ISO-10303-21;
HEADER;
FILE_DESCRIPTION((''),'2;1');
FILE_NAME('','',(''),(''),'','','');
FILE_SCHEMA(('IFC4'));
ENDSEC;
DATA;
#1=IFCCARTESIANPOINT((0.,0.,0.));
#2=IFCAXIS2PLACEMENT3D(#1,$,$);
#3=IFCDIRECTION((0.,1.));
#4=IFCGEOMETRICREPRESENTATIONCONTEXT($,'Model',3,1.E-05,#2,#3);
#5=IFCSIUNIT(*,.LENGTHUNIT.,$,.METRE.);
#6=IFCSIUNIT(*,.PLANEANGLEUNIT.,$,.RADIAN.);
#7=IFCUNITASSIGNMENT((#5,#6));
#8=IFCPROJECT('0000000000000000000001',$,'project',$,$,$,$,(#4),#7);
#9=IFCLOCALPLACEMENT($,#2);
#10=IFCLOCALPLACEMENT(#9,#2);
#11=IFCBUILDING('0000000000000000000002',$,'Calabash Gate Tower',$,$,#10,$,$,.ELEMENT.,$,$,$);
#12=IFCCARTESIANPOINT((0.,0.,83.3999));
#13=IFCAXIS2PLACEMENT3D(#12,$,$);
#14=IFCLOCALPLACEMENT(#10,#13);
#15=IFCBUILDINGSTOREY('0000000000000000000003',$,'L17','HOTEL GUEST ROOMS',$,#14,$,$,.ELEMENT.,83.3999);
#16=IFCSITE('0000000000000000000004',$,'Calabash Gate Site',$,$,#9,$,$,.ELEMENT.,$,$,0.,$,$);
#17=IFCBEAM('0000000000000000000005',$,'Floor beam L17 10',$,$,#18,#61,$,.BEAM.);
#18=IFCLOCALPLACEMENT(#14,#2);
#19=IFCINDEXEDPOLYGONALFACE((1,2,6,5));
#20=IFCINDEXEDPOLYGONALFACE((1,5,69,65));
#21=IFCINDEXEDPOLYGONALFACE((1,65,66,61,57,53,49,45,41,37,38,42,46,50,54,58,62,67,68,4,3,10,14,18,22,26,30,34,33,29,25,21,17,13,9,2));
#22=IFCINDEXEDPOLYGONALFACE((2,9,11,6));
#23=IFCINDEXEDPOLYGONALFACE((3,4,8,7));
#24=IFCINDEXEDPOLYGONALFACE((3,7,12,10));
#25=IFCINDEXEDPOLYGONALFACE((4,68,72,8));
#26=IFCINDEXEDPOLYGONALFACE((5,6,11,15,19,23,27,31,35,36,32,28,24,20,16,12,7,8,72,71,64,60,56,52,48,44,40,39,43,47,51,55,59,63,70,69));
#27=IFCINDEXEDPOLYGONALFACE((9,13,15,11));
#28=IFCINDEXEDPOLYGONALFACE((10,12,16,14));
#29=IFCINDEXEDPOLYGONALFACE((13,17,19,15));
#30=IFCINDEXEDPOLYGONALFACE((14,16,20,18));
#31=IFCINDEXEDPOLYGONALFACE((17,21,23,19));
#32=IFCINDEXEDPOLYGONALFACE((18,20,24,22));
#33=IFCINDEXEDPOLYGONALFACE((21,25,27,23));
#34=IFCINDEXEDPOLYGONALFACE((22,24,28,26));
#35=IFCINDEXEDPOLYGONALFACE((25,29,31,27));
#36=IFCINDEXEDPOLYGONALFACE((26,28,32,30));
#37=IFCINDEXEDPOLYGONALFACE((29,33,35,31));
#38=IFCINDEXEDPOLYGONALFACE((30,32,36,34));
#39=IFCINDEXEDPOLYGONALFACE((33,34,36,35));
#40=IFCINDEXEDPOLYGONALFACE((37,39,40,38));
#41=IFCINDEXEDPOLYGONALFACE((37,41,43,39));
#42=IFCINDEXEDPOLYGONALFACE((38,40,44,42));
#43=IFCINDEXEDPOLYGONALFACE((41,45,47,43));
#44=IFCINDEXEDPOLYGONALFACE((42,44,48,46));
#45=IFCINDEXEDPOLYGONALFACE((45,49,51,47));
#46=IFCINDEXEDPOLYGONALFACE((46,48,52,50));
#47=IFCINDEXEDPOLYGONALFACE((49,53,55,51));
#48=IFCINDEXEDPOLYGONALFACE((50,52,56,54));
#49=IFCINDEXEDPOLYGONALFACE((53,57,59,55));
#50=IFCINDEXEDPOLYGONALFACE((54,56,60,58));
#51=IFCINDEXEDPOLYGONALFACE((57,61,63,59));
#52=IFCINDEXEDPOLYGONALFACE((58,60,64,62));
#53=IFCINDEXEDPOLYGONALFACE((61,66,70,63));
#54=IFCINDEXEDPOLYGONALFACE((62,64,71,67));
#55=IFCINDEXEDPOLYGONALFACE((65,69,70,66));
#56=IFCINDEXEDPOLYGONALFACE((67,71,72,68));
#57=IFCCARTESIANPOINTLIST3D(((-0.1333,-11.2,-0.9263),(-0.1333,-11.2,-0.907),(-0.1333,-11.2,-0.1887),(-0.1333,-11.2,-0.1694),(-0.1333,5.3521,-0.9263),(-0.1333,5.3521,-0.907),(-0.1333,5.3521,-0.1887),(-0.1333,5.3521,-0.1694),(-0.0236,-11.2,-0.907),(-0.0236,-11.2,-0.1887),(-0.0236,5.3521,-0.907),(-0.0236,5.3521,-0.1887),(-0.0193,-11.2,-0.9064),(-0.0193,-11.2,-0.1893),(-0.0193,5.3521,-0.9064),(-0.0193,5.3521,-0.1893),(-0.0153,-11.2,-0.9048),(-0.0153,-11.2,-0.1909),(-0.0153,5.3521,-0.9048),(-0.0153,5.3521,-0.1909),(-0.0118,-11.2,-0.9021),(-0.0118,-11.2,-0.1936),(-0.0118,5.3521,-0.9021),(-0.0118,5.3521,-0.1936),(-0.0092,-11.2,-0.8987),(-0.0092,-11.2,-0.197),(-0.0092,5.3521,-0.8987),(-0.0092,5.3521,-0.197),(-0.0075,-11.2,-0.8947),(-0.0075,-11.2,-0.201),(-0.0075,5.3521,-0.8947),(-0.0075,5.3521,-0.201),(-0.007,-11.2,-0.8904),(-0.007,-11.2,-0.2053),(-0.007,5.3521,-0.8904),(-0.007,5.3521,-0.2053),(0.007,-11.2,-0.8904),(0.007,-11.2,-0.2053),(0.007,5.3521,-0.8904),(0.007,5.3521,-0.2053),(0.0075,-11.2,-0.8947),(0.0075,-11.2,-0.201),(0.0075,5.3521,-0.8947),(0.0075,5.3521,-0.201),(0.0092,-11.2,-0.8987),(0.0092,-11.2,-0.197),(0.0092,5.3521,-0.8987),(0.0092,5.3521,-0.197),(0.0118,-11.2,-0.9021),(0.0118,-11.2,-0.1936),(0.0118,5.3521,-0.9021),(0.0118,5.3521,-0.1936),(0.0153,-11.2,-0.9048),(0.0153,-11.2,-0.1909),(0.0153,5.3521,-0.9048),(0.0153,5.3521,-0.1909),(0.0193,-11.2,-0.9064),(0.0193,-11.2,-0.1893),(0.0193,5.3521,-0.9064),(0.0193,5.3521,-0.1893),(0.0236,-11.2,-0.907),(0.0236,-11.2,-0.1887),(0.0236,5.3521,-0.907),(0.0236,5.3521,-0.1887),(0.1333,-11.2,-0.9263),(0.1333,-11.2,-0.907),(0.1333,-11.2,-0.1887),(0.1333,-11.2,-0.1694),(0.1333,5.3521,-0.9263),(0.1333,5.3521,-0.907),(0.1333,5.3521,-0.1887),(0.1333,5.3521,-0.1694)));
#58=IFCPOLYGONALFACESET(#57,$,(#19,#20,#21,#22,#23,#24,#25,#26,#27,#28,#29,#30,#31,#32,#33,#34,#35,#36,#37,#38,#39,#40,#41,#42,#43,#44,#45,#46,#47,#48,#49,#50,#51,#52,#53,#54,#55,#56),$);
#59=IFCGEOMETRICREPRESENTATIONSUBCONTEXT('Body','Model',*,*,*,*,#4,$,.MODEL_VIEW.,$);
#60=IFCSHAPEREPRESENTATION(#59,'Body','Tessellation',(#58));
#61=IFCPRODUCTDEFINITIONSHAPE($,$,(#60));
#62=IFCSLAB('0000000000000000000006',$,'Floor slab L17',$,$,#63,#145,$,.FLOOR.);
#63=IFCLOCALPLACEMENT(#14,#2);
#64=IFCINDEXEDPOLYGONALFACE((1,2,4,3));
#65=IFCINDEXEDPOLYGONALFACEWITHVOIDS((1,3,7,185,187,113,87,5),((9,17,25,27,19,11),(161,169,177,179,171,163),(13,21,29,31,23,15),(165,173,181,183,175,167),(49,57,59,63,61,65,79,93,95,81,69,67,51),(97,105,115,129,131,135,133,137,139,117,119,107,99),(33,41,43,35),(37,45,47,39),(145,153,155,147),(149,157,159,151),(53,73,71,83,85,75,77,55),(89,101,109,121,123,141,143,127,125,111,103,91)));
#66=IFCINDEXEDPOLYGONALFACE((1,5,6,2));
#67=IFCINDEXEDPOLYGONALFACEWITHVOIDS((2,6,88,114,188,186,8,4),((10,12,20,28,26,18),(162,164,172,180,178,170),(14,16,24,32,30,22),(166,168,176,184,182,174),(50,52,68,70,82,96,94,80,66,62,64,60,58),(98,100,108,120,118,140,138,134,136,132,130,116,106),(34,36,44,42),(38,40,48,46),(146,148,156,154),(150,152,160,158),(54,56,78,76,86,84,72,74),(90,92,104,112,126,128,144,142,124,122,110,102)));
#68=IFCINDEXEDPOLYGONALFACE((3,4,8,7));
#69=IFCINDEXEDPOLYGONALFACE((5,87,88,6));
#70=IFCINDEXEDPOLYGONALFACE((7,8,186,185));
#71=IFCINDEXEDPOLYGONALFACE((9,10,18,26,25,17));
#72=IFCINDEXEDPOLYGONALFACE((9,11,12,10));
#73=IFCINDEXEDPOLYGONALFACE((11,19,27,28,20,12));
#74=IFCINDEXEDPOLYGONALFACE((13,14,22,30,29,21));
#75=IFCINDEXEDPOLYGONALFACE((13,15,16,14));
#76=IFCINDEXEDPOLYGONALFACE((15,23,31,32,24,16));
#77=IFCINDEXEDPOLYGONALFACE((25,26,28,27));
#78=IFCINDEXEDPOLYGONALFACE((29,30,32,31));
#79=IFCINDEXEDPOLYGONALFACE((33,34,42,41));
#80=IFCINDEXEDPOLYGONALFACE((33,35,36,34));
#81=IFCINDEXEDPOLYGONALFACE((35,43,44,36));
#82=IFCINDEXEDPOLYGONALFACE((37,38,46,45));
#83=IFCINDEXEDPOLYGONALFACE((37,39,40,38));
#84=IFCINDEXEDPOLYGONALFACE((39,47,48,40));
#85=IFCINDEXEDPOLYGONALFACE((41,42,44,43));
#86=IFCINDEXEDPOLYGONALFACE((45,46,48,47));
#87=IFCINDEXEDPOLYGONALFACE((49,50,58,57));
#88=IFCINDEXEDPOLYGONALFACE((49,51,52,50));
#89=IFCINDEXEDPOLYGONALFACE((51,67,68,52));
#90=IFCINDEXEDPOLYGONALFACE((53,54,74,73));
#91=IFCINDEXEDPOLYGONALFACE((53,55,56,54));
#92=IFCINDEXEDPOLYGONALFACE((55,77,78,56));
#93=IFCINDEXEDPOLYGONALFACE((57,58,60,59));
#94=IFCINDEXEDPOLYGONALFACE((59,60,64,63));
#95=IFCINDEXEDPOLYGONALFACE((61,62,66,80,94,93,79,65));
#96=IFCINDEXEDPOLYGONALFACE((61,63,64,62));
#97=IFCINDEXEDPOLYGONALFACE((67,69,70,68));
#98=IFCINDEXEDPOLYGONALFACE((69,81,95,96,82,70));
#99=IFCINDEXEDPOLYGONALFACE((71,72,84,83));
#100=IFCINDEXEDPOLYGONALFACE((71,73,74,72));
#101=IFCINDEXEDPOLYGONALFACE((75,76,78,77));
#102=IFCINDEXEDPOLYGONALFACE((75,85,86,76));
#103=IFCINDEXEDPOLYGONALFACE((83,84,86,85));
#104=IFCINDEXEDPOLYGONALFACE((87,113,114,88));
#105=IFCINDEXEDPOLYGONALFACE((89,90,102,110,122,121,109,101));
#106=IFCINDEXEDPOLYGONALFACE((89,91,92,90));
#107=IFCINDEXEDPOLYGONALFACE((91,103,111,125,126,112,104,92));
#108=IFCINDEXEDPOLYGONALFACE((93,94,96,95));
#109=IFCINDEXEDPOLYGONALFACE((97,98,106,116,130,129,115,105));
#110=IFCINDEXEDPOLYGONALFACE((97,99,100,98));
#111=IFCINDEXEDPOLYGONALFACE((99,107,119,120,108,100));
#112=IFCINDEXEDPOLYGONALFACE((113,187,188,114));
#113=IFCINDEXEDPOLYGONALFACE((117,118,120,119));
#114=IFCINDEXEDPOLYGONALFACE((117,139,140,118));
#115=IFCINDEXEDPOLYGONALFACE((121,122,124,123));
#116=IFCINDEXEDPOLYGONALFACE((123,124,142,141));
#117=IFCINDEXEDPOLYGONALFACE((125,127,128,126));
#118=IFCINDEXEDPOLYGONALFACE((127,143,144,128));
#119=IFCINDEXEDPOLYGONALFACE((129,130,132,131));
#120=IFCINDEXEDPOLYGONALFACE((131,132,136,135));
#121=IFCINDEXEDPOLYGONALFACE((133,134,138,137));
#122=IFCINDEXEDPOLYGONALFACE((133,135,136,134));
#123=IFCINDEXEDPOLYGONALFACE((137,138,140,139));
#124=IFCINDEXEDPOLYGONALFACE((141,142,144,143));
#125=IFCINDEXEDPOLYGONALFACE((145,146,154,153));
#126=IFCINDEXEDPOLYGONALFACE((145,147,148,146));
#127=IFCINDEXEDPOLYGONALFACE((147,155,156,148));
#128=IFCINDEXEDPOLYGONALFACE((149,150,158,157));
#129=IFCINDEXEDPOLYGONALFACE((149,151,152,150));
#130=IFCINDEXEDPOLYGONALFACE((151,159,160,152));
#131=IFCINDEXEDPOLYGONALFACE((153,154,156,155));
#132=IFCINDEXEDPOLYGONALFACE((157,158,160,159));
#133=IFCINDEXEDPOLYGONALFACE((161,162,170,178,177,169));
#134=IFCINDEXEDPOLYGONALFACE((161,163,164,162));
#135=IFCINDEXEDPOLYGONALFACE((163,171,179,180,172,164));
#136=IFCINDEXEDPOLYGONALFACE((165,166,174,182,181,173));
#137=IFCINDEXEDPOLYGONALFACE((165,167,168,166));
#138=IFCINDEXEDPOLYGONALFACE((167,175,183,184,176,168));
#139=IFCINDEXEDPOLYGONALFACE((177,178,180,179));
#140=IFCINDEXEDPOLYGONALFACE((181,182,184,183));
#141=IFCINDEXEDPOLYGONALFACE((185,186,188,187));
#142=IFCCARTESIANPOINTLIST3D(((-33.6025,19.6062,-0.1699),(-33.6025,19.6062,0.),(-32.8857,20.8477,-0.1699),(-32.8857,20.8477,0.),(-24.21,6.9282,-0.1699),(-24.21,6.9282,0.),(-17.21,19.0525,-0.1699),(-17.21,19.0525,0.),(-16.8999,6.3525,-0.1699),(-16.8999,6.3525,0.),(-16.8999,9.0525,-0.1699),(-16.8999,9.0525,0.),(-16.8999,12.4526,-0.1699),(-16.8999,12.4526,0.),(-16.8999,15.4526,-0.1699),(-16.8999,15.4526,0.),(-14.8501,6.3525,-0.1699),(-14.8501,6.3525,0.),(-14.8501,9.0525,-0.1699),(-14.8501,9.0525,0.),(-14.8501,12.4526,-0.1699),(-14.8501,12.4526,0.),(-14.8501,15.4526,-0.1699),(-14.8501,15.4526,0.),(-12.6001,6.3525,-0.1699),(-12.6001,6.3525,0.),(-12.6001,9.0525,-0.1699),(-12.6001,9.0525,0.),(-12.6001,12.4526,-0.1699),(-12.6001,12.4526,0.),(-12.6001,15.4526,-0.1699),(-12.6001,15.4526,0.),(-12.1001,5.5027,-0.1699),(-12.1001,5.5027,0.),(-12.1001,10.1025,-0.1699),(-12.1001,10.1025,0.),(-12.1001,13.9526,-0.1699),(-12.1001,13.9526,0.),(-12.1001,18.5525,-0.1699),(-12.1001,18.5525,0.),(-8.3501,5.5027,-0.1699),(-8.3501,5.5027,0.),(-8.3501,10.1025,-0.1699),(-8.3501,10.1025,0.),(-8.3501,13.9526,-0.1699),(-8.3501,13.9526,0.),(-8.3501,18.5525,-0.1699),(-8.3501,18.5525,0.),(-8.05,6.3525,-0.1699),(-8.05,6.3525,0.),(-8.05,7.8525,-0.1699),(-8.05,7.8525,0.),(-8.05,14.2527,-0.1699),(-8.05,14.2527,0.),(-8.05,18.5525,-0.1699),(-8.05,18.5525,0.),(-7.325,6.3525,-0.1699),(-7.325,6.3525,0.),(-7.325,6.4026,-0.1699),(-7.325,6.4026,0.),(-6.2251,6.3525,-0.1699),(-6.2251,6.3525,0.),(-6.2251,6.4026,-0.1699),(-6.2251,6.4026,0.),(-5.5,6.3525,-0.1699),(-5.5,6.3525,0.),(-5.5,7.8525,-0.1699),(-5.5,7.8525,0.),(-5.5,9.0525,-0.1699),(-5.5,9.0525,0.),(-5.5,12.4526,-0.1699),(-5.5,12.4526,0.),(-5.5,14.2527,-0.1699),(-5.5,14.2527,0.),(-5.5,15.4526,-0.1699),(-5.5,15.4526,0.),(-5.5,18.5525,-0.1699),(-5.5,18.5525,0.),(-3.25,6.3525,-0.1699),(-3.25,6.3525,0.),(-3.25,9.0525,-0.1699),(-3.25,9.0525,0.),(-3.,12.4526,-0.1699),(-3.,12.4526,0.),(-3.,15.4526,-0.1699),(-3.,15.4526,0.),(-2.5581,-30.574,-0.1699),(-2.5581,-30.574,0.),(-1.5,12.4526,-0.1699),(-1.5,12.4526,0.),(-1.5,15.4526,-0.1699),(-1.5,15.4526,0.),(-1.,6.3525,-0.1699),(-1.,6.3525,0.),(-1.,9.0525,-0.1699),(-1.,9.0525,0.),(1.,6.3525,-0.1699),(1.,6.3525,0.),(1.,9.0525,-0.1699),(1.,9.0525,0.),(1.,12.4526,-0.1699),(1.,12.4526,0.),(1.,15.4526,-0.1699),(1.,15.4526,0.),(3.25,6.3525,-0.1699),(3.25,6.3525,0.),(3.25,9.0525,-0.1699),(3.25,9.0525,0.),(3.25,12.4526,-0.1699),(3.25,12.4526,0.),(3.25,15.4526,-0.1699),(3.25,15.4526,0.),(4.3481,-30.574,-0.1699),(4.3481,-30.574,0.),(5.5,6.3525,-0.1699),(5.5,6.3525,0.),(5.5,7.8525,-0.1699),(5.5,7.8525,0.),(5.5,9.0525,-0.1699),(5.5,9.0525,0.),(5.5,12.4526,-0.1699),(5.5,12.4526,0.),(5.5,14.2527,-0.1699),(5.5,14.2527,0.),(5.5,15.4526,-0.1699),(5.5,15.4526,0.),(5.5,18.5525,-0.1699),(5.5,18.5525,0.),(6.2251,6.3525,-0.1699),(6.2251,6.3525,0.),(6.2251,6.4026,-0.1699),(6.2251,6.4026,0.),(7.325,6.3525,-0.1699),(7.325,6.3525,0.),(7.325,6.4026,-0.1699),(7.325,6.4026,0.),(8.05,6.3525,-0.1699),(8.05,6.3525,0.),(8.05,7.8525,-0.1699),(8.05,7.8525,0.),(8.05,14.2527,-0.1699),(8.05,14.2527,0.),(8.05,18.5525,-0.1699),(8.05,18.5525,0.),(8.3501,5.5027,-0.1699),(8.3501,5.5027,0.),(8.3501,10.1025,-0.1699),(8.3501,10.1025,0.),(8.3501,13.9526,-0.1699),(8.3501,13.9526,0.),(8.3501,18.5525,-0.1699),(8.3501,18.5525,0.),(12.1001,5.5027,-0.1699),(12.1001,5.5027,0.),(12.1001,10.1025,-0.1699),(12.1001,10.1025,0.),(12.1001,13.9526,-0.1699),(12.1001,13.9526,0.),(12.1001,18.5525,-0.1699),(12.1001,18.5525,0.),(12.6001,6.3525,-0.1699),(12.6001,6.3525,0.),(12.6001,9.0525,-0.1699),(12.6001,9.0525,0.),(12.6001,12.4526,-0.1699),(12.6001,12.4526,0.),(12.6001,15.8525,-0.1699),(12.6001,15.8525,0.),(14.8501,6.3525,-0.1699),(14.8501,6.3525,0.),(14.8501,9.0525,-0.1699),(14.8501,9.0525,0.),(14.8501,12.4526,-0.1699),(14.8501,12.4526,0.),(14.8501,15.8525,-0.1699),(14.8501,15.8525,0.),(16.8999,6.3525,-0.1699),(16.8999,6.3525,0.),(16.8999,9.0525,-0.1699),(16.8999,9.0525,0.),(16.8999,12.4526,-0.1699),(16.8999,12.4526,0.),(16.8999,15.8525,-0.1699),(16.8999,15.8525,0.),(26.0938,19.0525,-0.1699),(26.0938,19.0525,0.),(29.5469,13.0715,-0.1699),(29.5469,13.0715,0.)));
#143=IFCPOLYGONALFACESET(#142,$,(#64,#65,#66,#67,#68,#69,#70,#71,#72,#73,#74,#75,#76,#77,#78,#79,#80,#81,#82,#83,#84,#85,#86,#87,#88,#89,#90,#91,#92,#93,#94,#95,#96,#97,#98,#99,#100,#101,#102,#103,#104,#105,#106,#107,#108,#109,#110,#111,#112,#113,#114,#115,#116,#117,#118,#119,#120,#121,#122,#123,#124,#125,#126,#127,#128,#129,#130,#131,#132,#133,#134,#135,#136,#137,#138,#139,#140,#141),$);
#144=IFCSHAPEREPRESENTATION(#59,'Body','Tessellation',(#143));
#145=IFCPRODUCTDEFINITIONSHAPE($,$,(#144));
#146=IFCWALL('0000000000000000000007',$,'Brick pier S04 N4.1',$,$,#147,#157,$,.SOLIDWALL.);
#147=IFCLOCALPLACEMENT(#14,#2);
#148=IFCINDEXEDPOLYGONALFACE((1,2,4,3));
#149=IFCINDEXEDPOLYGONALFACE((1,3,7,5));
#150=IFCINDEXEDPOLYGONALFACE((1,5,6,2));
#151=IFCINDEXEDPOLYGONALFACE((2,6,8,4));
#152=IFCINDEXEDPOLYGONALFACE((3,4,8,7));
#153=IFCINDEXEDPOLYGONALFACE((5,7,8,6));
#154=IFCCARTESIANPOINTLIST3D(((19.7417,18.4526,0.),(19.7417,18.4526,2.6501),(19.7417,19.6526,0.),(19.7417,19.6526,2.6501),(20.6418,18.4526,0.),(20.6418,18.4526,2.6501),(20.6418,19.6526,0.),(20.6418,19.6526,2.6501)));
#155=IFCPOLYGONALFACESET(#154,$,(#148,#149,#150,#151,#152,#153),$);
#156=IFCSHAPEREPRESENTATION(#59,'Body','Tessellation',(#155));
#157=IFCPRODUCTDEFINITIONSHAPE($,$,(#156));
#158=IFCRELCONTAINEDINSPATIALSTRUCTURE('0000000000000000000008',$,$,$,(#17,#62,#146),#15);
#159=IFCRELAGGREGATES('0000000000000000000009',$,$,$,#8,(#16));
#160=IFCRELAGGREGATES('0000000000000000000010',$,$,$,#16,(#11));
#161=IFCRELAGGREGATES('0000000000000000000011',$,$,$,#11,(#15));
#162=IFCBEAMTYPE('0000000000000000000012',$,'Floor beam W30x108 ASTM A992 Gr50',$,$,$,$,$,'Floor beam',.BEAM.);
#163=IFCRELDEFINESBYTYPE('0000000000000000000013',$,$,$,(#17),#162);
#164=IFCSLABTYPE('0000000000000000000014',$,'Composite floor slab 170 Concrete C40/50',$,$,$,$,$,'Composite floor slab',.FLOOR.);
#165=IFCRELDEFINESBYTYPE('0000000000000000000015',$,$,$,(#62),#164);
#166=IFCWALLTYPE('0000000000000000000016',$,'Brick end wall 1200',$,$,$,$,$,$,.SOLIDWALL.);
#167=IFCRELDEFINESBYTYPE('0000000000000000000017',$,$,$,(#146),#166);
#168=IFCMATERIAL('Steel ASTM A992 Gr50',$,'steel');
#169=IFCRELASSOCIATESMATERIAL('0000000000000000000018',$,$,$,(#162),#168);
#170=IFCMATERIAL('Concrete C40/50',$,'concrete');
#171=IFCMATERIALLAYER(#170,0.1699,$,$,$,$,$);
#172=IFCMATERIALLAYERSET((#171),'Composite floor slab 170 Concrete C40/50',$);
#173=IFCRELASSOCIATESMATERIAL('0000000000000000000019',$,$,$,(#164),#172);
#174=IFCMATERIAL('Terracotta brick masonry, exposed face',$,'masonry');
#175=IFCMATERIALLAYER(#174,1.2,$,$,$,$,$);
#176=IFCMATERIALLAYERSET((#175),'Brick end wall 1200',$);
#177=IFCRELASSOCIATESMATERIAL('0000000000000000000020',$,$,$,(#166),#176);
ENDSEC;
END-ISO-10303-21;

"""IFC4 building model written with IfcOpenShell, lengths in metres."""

from ifc_helpers import new_model, si_unit, direction, frame, origin, origin_2d, place, context, subcontext, project, spatial, polyline, i_section, outline, extrude, material, layer, layer_set, material_profile, profile_set, type_object, element, save


model = new_model("IFC4")

# Units and contexts
model_context = context("Model", 3, precision=1e-05, world=origin(), true_north=direction((0.0, 1.0)))
body_context = subcontext(model_context, "Body", "Model", "MODEL_VIEW")
ifc_project = project(units=[si_unit("LENGTHUNIT", "METRE"), si_unit("PLANEANGLEUNIT", "RADIAN")], contexts=[model_context])

# Site, building, storey
site_placement = place(None, origin())
site = spatial("IfcSite", under=ifc_project, at=site_placement, Name="Calabash Gate Site", CompositionType="ELEMENT", RefElevation=0.0)
building_placement = place(site_placement, origin())
building = spatial("IfcBuilding", under=site, at=building_placement, Name="Calabash Gate Tower", CompositionType="ELEMENT")
storey_placement = place(building_placement, frame((0.0, 0.0, 83.3999)))
storey = spatial("IfcBuildingStorey", under=building, at=storey_placement, Name="L17", Description="HOTEL GUEST ROOMS", CompositionType="ELEMENT", Elevation=83.3999)

# Beam
ifc_material_1 = material(Name="Steel ASTM A992 Gr50", Category="steel")
ifc_material_profile = material_profile(ifc_material_1, i_section(OverallWidth=0.2666, OverallDepth=0.7568, WebThickness=0.0139, FlangeThickness=0.0193, FilletRadius=0.0166, at=origin_2d()))
ifc_profile_set = profile_set([ifc_material_profile], Name="Steel ASTM A992 Gr50")
beam_type = type_object("IfcBeamType", Name="Floor beam W30x108 ASTM A992 Gr50", ElementType="Floor beam", PredefinedType="BEAM", material=ifc_profile_set)
beam_placement = place(storey_placement, frame((0.0, -11.2, -0.5479), z_axis=(0.0, 1.0, 0.0), x_axis=(-1.0, 0.0, 0.0)))
element("IfcBeam", 1, at=beam_placement, inside=storey, type_object=beam_type, Name="Floor beam L17 10", PredefinedType="BEAM", context=body_context, shape_type="SweptSolid", body=[
    extrude(i_section(OverallWidth=0.2666, OverallDepth=0.7568, WebThickness=0.0139, FlangeThickness=0.0193, FilletRadius=0.0166, at=origin_2d()), origin(), (0.0, 0.0, 1.0), 16.552),
])

# Slab
ifc_material_2 = material(Name="Concrete C40/50", Category="concrete")
ifc_layer_1 = layer(ifc_material_2, 0.1699)
ifc_layer_set_1 = layer_set([ifc_layer_1], Name="Composite floor slab 170 Concrete C40/50")
slab_type = type_object("IfcSlabType", Name="Composite floor slab 170 Concrete C40/50", ElementType="Composite floor slab", PredefinedType="FLOOR", material=ifc_layer_set_1)
slab_placement = place(storey_placement, frame((0.0, 0.0, -0.1699)))
element("IfcSlab", 2, at=slab_placement, inside=storey, type_object=slab_type, Name="Floor slab L17", PredefinedType="FLOOR", context=body_context, shape_type="SweptSolid", body=[
    extrude(outline(polyline([(-24.21, 6.9282), (-33.6025, 19.6062), (-32.8857, 20.8477), (-17.21, 19.0525), (26.0938, 19.0525), (29.5469, 13.0715), (4.3481, -30.574), (-2.5581, -30.574), (-24.21, 6.9282)]), holes=[polyline([(-5.5, 9.0525), (-5.5, 7.8525), (-8.05, 7.8525), (-8.05, 6.3525), (-7.325, 6.3525), (-7.325, 6.4026), (-6.2251, 6.4026), (-6.2251, 6.3525), (-5.5, 6.3525), (-3.25, 6.3525), (-1.0, 6.3525), (-1.0, 9.0525), (-3.25, 9.0525), (-5.5, 9.0525)]), polyline([(5.5, 9.0525), (3.25, 9.0525), (1.0, 9.0525), (1.0, 6.3525), (3.25, 6.3525), (5.5, 6.3525), (6.2251, 6.3525), (6.2251, 6.4026), (7.325, 6.4026), (7.325, 6.3525), (8.05, 6.3525), (8.05, 7.8525), (5.5, 7.8525), (5.5, 9.0525)]), polyline([(-5.5, 14.2527), (-5.5, 12.4526), (-3.0, 12.4526), (-3.0, 15.4526), (-5.5, 15.4526), (-5.5, 18.5525), (-8.05, 18.5525), (-8.05, 14.2527), (-5.5, 14.2527)]), polyline([(8.05, 18.5525), (5.5, 18.5525), (5.5, 15.4526), (3.25, 15.4526), (1.0, 15.4526), (-1.5, 15.4526), (-1.5, 12.4526), (1.0, 12.4526), (3.25, 12.4526), (5.5, 12.4526), (5.5, 14.2527), (8.05, 14.2527), (8.05, 18.5525)]), polyline([(-12.6001, 6.3525), (-12.6001, 9.0525), (-14.8501, 9.0525), (-16.8999, 9.0525), (-16.8999, 6.3525), (-14.8501, 6.3525), (-12.6001, 6.3525)]), polyline([(-14.8501, 12.4526), (-12.6001, 12.4526), (-12.6001, 15.4526), (-14.8501, 15.4526), (-16.8999, 15.4526), (-16.8999, 12.4526), (-14.8501, 12.4526)]), polyline([(14.8501, 6.3525), (16.8999, 6.3525), (16.8999, 9.0525), (14.8501, 9.0525), (12.6001, 9.0525), (12.6001, 6.3525), (14.8501, 6.3525)]), polyline([(14.8501, 12.4526), (16.8999, 12.4526), (16.8999, 15.8525), (14.8501, 15.8525), (12.6001, 15.8525), (12.6001, 12.4526), (14.8501, 12.4526)]), polyline([(-8.3501, 18.5525), (-12.1001, 18.5525), (-12.1001, 13.9526), (-8.3501, 13.9526), (-8.3501, 18.5525)]), polyline([(-12.1001, 10.1025), (-12.1001, 5.5027), (-8.3501, 5.5027), (-8.3501, 10.1025), (-12.1001, 10.1025)]), polyline([(8.3501, 13.9526), (12.1001, 13.9526), (12.1001, 18.5525), (8.3501, 18.5525), (8.3501, 13.9526)]), polyline([(12.1001, 5.5027), (12.1001, 10.1025), (8.3501, 10.1025), (8.3501, 5.5027), (12.1001, 5.5027)])]), origin(), (0.0, 0.0, 1.0), 0.1699),
])

# Wall
ifc_material_3 = material(Name="Terracotta brick masonry, exposed face", Category="masonry")
ifc_layer_2 = layer(ifc_material_3, 1.2)
ifc_layer_set_2 = layer_set([ifc_layer_2], Name="Brick end wall 1200")
wall_type_1 = type_object("IfcWallType", Name="Brick end wall 1200", PredefinedType="SOLIDWALL", material=ifc_layer_set_2)
wall_1_placement = place(storey_placement, origin())
element("IfcWall", 3, at=wall_1_placement, inside=storey, type_object=wall_type_1, Name="Brick pier S04 N4.1", PredefinedType="SOLIDWALL", context=body_context, shape_type="SweptSolid", body=[
    extrude(outline(polyline([(20.6418, 19.6526), (19.7417, 19.6526), (19.7417, 18.4526), (20.6418, 18.4526), (20.6418, 19.6526)])), origin(), (0.0, 0.0, 1.0), 2.6501),
])

save(model, "model.ifc")
